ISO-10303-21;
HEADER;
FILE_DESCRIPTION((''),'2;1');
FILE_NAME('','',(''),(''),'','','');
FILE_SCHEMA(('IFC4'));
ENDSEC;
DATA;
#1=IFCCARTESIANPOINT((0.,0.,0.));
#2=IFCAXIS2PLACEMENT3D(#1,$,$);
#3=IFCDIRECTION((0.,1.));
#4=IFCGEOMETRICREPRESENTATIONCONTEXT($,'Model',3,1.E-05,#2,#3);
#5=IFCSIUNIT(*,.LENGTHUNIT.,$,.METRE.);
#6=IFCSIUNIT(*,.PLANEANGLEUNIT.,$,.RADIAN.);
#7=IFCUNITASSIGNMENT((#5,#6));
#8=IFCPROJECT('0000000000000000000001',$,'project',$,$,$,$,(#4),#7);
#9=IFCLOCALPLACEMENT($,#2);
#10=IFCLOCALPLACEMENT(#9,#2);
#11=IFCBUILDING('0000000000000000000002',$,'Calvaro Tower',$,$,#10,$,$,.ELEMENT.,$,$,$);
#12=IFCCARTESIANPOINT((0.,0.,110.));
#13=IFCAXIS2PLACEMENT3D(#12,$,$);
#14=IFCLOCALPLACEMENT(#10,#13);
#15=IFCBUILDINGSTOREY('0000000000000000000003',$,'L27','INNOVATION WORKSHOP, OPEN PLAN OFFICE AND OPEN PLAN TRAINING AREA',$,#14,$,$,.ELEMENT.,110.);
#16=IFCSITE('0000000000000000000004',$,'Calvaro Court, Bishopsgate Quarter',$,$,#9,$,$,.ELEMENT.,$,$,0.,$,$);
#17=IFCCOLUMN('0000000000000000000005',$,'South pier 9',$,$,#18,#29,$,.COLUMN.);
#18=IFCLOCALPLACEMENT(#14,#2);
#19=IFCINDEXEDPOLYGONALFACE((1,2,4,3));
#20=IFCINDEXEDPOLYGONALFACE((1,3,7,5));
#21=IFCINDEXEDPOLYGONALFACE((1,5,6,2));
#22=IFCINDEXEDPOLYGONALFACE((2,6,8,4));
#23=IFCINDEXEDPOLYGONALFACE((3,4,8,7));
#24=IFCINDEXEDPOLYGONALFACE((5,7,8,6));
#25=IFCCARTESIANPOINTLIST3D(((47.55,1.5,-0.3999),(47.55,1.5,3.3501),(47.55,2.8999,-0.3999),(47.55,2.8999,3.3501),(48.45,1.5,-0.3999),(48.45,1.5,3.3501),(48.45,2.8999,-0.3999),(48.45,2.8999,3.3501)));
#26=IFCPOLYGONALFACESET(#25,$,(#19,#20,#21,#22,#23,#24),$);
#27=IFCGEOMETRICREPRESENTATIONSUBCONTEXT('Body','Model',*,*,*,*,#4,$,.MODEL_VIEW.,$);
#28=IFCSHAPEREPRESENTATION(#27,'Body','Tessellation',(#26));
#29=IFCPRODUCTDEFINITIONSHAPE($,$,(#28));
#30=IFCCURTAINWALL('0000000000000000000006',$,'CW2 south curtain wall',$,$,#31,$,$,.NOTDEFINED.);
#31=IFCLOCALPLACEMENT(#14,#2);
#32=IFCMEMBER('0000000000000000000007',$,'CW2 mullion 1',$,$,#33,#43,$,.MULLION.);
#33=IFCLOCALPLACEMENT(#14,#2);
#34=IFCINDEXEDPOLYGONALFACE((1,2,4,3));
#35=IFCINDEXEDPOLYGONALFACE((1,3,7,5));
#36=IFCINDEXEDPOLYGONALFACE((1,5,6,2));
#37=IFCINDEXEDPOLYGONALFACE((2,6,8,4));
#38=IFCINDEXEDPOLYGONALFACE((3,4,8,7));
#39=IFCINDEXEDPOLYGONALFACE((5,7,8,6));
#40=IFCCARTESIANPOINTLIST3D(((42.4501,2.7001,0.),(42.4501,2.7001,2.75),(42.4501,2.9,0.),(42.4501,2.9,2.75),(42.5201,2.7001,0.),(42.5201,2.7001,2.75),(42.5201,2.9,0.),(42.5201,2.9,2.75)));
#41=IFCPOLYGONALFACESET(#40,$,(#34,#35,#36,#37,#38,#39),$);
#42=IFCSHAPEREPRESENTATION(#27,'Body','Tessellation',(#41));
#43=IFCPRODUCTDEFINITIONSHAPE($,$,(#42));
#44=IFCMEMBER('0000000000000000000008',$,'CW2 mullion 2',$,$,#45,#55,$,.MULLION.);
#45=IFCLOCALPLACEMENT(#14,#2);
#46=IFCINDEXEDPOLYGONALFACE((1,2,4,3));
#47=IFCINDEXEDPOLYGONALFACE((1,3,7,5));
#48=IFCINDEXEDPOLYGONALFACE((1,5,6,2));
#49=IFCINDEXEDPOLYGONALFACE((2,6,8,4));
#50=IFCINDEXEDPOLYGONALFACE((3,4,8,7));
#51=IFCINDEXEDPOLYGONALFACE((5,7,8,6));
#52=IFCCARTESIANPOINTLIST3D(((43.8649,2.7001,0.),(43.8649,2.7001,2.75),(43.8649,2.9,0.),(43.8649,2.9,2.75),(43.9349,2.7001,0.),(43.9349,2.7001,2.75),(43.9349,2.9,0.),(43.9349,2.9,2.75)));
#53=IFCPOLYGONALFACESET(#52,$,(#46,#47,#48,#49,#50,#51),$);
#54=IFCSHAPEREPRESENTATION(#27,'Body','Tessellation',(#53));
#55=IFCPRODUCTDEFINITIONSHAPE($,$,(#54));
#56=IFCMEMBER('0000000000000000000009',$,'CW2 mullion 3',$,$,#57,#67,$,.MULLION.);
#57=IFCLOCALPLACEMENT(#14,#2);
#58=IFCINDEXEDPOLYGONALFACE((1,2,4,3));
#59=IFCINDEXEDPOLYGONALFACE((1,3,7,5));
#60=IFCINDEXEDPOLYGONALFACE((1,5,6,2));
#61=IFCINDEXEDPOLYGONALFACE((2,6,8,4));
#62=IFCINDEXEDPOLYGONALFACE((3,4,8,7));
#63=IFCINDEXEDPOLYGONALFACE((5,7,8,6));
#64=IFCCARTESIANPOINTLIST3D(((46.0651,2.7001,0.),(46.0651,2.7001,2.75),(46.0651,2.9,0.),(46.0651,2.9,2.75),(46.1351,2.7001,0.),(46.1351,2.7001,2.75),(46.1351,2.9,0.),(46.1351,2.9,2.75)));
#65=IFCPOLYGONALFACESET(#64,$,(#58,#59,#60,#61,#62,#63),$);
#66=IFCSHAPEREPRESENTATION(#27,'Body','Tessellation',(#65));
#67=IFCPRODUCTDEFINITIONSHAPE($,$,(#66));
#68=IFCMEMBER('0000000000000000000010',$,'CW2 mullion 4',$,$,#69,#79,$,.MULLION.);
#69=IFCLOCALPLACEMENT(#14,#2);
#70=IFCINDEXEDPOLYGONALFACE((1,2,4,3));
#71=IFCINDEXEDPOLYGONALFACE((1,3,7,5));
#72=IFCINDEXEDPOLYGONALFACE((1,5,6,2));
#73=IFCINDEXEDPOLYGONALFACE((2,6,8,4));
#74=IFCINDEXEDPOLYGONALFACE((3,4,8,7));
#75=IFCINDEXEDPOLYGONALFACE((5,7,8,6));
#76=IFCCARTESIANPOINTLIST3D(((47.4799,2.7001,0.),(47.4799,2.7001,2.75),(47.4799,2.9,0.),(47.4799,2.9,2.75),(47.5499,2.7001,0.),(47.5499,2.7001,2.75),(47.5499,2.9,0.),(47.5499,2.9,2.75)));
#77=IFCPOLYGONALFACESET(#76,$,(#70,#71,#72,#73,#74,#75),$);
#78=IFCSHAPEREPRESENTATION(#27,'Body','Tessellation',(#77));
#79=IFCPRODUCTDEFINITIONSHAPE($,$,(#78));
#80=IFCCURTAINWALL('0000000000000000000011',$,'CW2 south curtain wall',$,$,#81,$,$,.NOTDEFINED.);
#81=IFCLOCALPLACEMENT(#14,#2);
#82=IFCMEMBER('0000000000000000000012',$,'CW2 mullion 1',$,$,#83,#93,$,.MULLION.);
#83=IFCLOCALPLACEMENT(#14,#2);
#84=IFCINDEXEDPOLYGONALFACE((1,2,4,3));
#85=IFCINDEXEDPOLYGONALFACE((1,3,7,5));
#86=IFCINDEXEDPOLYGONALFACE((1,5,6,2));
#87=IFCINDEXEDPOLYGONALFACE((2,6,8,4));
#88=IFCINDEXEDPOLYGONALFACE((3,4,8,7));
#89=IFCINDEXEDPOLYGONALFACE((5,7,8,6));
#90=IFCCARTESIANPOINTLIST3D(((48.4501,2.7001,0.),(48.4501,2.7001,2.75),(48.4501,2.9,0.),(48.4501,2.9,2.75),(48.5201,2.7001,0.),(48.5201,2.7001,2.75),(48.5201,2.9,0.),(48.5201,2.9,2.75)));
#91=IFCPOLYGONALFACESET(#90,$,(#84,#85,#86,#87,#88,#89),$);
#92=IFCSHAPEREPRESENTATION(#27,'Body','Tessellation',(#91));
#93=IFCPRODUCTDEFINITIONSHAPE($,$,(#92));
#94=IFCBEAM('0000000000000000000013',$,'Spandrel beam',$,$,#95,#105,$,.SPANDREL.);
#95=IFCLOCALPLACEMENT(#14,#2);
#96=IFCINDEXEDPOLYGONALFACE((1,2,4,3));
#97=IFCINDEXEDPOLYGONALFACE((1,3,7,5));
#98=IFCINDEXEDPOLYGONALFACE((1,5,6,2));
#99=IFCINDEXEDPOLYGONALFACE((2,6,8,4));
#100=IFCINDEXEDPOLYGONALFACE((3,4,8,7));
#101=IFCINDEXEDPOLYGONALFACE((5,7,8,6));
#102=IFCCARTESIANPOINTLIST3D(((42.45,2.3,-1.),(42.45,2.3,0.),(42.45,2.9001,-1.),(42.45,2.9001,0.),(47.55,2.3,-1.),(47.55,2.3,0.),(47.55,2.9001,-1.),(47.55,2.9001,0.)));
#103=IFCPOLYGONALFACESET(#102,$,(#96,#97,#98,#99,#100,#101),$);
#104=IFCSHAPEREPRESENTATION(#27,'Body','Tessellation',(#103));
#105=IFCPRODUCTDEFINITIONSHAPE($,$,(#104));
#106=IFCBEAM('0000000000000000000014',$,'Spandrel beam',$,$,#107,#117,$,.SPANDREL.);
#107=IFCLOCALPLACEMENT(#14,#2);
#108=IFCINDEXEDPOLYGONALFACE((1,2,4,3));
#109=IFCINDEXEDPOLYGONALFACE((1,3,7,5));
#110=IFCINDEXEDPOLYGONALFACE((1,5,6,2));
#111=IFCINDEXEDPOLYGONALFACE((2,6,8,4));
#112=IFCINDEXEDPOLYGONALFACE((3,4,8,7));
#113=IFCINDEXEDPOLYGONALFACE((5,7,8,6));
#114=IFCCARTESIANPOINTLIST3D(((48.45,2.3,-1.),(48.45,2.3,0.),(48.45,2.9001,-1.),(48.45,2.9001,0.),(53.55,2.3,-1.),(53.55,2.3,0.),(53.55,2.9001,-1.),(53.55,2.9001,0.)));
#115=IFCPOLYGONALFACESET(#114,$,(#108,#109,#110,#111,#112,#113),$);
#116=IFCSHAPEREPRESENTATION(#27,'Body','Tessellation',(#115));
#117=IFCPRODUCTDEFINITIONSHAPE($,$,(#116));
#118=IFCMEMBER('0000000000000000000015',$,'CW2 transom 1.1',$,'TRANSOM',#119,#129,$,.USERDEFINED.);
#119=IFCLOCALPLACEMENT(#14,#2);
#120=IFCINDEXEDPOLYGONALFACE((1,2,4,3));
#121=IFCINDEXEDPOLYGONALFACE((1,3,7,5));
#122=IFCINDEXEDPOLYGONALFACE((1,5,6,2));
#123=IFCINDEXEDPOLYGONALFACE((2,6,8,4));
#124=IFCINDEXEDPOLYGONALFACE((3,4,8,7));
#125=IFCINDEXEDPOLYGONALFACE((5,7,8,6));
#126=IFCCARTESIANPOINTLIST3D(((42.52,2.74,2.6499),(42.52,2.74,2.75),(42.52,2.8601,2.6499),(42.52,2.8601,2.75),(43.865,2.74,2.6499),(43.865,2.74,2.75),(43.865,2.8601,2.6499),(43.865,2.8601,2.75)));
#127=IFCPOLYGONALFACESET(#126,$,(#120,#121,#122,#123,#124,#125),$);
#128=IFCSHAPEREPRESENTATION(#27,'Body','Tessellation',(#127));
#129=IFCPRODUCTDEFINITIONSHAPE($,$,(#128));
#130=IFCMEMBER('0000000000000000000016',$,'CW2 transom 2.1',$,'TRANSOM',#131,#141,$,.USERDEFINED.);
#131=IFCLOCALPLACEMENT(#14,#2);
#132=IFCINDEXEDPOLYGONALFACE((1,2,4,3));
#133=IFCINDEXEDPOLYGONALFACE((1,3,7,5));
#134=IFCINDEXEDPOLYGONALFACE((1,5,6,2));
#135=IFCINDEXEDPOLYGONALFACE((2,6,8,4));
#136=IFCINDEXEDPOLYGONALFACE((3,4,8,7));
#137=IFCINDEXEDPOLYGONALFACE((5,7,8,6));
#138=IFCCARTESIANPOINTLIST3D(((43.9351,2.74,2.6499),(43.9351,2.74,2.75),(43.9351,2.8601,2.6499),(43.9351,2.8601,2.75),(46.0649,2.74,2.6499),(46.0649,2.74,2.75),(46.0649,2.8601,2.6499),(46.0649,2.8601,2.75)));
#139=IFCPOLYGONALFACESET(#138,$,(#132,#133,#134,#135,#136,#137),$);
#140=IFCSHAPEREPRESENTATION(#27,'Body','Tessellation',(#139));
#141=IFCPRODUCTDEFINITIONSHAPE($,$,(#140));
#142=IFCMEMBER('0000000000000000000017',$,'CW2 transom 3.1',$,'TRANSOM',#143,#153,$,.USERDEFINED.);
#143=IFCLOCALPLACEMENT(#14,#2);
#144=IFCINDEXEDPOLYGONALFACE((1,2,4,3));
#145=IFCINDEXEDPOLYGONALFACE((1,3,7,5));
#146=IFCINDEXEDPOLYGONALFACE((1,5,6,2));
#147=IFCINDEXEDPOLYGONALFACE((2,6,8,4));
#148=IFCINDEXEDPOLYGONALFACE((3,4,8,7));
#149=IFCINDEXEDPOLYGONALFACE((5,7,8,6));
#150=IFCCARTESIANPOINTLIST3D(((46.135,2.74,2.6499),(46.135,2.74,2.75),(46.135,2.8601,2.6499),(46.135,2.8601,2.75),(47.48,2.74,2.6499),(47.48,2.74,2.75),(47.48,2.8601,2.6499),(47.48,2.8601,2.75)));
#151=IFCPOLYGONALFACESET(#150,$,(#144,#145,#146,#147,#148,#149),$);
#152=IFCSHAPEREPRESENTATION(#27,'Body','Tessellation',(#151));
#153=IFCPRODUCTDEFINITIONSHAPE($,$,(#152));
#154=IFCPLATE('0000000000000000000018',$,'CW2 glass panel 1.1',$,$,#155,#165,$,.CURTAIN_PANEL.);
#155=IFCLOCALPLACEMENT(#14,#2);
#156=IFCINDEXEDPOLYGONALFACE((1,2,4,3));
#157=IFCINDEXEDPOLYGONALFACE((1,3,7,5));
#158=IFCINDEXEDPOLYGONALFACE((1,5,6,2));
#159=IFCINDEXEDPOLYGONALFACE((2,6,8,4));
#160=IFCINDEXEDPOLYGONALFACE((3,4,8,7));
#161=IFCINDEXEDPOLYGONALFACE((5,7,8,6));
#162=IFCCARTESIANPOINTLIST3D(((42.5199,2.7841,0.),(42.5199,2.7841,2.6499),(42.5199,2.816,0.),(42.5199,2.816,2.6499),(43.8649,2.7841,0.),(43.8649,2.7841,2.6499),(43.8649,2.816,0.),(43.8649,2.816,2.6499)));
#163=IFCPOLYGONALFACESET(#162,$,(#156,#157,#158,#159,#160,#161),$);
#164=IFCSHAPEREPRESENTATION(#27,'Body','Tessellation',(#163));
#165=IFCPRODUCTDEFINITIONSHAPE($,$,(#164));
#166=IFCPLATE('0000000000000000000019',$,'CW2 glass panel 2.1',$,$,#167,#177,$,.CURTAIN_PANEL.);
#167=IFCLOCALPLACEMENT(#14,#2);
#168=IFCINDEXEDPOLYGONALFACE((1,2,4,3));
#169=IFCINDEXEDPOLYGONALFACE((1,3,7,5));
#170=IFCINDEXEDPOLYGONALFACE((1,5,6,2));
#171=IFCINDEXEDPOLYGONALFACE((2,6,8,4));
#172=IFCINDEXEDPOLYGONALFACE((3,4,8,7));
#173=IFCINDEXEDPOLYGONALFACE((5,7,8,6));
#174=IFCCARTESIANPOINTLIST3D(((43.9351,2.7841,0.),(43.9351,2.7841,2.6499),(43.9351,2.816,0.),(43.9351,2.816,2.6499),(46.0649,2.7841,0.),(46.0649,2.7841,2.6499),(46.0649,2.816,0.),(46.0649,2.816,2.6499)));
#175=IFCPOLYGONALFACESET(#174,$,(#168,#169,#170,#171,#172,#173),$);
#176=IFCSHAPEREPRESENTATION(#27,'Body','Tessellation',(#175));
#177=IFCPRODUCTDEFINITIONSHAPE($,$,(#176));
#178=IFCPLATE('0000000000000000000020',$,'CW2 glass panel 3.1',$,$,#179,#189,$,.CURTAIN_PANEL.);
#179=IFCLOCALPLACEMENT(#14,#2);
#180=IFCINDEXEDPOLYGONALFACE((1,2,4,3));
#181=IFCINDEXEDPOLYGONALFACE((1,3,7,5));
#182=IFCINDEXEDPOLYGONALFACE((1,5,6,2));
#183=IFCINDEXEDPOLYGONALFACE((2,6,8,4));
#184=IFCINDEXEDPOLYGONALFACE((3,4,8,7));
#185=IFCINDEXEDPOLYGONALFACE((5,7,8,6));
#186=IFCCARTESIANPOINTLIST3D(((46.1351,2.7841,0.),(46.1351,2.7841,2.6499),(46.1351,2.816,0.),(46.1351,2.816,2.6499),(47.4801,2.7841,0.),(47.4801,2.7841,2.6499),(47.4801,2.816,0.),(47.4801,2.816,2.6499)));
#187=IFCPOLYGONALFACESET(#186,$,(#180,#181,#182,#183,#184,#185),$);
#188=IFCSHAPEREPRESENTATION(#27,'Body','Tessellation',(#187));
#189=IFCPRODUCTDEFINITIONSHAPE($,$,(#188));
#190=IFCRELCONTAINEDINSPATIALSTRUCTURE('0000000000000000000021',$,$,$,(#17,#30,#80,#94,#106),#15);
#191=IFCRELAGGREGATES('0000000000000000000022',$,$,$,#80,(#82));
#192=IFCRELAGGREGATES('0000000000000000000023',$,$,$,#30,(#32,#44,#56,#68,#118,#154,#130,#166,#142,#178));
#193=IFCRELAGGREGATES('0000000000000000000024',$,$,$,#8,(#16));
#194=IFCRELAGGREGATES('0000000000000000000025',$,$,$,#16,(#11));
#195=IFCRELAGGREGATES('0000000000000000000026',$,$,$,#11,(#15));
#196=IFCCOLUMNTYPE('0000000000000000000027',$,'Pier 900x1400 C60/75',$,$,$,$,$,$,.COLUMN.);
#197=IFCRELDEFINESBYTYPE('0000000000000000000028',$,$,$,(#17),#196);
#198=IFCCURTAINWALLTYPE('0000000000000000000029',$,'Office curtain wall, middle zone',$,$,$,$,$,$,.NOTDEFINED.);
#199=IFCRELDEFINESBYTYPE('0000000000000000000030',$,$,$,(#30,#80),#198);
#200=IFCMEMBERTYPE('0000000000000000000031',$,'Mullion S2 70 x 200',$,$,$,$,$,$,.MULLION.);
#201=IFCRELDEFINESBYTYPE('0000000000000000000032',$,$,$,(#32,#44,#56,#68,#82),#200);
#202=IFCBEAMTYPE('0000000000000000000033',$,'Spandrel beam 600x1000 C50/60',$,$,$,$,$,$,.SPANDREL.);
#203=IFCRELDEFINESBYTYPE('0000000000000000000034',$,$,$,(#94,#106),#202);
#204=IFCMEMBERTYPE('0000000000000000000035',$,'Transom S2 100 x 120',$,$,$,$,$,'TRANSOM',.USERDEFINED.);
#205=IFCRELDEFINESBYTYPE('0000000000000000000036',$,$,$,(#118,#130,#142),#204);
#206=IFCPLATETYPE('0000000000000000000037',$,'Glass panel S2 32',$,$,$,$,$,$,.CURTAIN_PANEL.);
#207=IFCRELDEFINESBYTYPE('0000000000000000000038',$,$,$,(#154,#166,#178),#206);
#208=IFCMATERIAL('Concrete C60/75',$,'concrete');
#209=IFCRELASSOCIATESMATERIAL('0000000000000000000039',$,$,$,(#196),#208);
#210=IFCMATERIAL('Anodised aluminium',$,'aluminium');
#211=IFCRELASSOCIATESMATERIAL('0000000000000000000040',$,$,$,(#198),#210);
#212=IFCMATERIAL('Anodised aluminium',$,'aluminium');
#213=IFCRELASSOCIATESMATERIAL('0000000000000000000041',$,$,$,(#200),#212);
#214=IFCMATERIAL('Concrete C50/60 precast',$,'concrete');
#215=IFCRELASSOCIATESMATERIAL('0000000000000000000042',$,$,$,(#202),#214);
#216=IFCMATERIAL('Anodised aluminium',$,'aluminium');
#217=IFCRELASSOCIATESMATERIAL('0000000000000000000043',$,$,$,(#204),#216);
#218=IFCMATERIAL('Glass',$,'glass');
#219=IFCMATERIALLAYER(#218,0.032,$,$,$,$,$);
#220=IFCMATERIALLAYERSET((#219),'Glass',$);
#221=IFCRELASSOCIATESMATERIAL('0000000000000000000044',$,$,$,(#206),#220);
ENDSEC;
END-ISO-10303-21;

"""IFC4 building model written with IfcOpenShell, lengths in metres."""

from ifc_helpers import new_model, si_unit, direction, frame, origin, origin_2d, place, context, subcontext, project, spatial, rectangle, extrude, material, layer, layer_set, material_profile, profile_set, type_object, element, aggregate, save


model = new_model("IFC4")

# Units and contexts
model_context = context("Model", 3, precision=1e-05, world=origin(), true_north=direction((0.0, 1.0)))
body_context = subcontext(model_context, "Body", "Model", "MODEL_VIEW")
ifc_project = project(units=[si_unit("LENGTHUNIT", "METRE"), si_unit("PLANEANGLEUNIT", "RADIAN")], contexts=[model_context])

# Site, building, storey
site_placement = place(None, origin())
site = spatial("IfcSite", under=ifc_project, at=site_placement, Name="Calvaro Court, Bishopsgate Quarter", CompositionType="ELEMENT", RefElevation=0.0)
building_placement = place(site_placement, origin())
building = spatial("IfcBuilding", under=site, at=building_placement, Name="Calvaro Tower", CompositionType="ELEMENT")
storey_placement = place(building_placement, frame((0.0, 0.0, 110.0)))
storey = spatial("IfcBuildingStorey", under=building, at=storey_placement, Name="L27", Description="INNOVATION WORKSHOP, OPEN PLAN OFFICE AND OPEN PLAN TRAINING AREA", CompositionType="ELEMENT", Elevation=110.0)

# Column
ifc_material_1 = material(Name="Concrete C60/75", Category="concrete")
ifc_material_profile_1 = material_profile(ifc_material_1, rectangle(XDim=0.8999, YDim=1.3999, at=origin_2d()), Name="RC 900x1400")
ifc_profile_set_1 = profile_set([ifc_material_profile_1], Name="Concrete C60/75")
column_type = type_object("IfcColumnType", Name="Pier 900x1400 C60/75", PredefinedType="COLUMN", material=ifc_profile_set_1)
column_placement = place(storey_placement, frame((48.0, 2.2, -0.3999), z_axis=(0.0, 0.0, 1.0), x_axis=(1.0, 0.0, 0.0)))
element("IfcColumn", 1, at=column_placement, inside=storey, type_object=column_type, Name="South pier 9", PredefinedType="COLUMN", context=body_context, shape_type="SweptSolid", body=[
    extrude(rectangle(XDim=0.8999, YDim=1.3999, at=origin_2d()), origin(), (0.0, 0.0, 1.0), 3.75),
])

# Curtain wall, members
ifc_material_2 = material(Name="Anodised aluminium", Category="aluminium")
curtain_wall_type = type_object("IfcCurtainWallType", Name="Office curtain wall, middle zone", PredefinedType="NOTDEFINED", material=ifc_material_2)
curtain_wall_1_placement = place(storey_placement, origin())
curtain_wall_1 = element("IfcCurtainWall", 2, at=curtain_wall_1_placement, inside=storey, type_object=curtain_wall_type, Name="CW2 south curtain wall", PredefinedType="NOTDEFINED")
ifc_material_3 = material(Name="Anodised aluminium", Category="aluminium")
ifc_material_profile_2 = material_profile(ifc_material_3, rectangle(XDim=0.2, YDim=0.0701, at=origin_2d()), Name="Mullion S2 70 x 200")
ifc_profile_set_2 = profile_set([ifc_material_profile_2], Name="Anodised aluminium")
member_type_1 = type_object("IfcMemberType", Name="Mullion S2 70 x 200", PredefinedType="MULLION", material=ifc_profile_set_2)
member_1_placement = place(storey_placement, frame((42.4851, 2.8, 0.0), z_axis=(0.0, 0.0, 1.0), x_axis=(0.0, 1.0, 0.0)))
member_1 = element("IfcMember", 3, at=member_1_placement, type_object=member_type_1, Name="CW2 mullion 1", PredefinedType="MULLION", context=body_context, shape_type="SweptSolid", body=[
    extrude(rectangle(XDim=0.2, YDim=0.0701, at=origin_2d()), origin(), (0.0, 0.0, 1.0), 2.75),
])
member_2_placement = place(storey_placement, frame((43.8999, 2.8, 0.0), z_axis=(0.0, 0.0, 1.0), x_axis=(0.0, 1.0, 0.0)))
member_2 = element("IfcMember", 4, at=member_2_placement, type_object=member_type_1, Name="CW2 mullion 2", PredefinedType="MULLION", context=body_context, shape_type="SweptSolid", body=[
    extrude(rectangle(XDim=0.2, YDim=0.0701, at=origin_2d()), origin(), (0.0, 0.0, 1.0), 2.75),
])
member_3_placement = place(storey_placement, frame((46.1001, 2.8, 0.0), z_axis=(0.0, 0.0, 1.0), x_axis=(0.0, 1.0, 0.0)))
member_3 = element("IfcMember", 5, at=member_3_placement, type_object=member_type_1, Name="CW2 mullion 3", PredefinedType="MULLION", context=body_context, shape_type="SweptSolid", body=[
    extrude(rectangle(XDim=0.2, YDim=0.0701, at=origin_2d()), origin(), (0.0, 0.0, 1.0), 2.75),
])
member_4_placement = place(storey_placement, frame((47.5149, 2.8, 0.0), z_axis=(0.0, 0.0, 1.0), x_axis=(0.0, 1.0, 0.0)))
member_4 = element("IfcMember", 6, at=member_4_placement, type_object=member_type_1, Name="CW2 mullion 4", PredefinedType="MULLION", context=body_context, shape_type="SweptSolid", body=[
    extrude(rectangle(XDim=0.2, YDim=0.0701, at=origin_2d()), origin(), (0.0, 0.0, 1.0), 2.75),
])

# Curtain wall, member
curtain_wall_2_placement = place(storey_placement, origin())
curtain_wall_2 = element("IfcCurtainWall", 7, at=curtain_wall_2_placement, inside=storey, type_object=curtain_wall_type, Name="CW2 south curtain wall", PredefinedType="NOTDEFINED")
member_5_placement = place(storey_placement, frame((48.4851, 2.8, 0.0), z_axis=(0.0, 0.0, 1.0), x_axis=(0.0, 1.0, 0.0)))
member_5 = element("IfcMember", 8, at=member_5_placement, type_object=member_type_1, Name="CW2 mullion 1", PredefinedType="MULLION", context=body_context, shape_type="SweptSolid", body=[
    extrude(rectangle(XDim=0.2, YDim=0.0701, at=origin_2d()), origin(), (0.0, 0.0, 1.0), 2.75),
])
aggregate(curtain_wall_2, [member_5])

# Beams
ifc_material_4 = material(Name="Concrete C50/60 precast", Category="concrete")
ifc_material_profile_3 = material_profile(ifc_material_4, rectangle(XDim=0.6001, YDim=1.0, at=origin_2d()), Name="RC 600x1000")
ifc_profile_set_3 = profile_set([ifc_material_profile_3], Name="Concrete C50/60 precast")
beam_type = type_object("IfcBeamType", Name="Spandrel beam 600x1000 C50/60", PredefinedType="SPANDREL", material=ifc_profile_set_3)
for number, where, z_axis, x_axis, name in (
    (9, (42.45, 2.6001, -0.5), (1.0, 0.0, 0.0), (0.0, 1.0, 0.0), "Spandrel beam"),
    (10, (48.45, 2.6001, -0.5), (1.0, 0.0, 0.0), (0.0, 1.0, 0.0), "Spandrel beam"),
):
    element("IfcBeam", number, at=place(storey_placement, frame(where, z_axis=z_axis, x_axis=x_axis)), inside=storey, type_object=beam_type, Name=name, PredefinedType="SPANDREL", context=body_context, shape_type="SweptSolid", body=[
        extrude(rectangle(XDim=0.6001, YDim=1.0, at=origin_2d()), origin(), (0.0, 0.0, 1.0), 5.1001),
    ])

# Members
ifc_material_5 = material(Name="Anodised aluminium", Category="aluminium")
ifc_material_profile_4 = material_profile(ifc_material_5, rectangle(XDim=0.1201, YDim=0.1001, at=origin_2d()), Name="Transom S2 100 x 120")
ifc_profile_set_4 = profile_set([ifc_material_profile_4], Name="Anodised aluminium")
member_type_2 = type_object("IfcMemberType", Name="Transom S2 100 x 120", ElementType="TRANSOM", PredefinedType="USERDEFINED", material=ifc_profile_set_4)
member_6_placement = place(storey_placement, frame((42.52, 2.8, 2.7), z_axis=(1.0, 0.0, 0.0), x_axis=(0.0, 1.0, 0.0)))
member_6 = element("IfcMember", 11, at=member_6_placement, type_object=member_type_2, Name="CW2 transom 1.1", ObjectType="TRANSOM", PredefinedType="USERDEFINED", context=body_context, shape_type="SweptSolid", body=[
    extrude(rectangle(XDim=0.1201, YDim=0.1001, at=origin_2d()), origin(), (0.0, 0.0, 1.0), 1.345),
])
member_7_placement = place(storey_placement, frame((43.9351, 2.8, 2.7), z_axis=(1.0, 0.0, 0.0), x_axis=(0.0, 1.0, 0.0)))
member_7 = element("IfcMember", 12, at=member_7_placement, type_object=member_type_2, Name="CW2 transom 2.1", ObjectType="TRANSOM", PredefinedType="USERDEFINED", context=body_context, shape_type="SweptSolid", body=[
    extrude(rectangle(XDim=0.1201, YDim=0.1001, at=origin_2d()), origin(), (0.0, 0.0, 1.0), 2.1299),
])
member_8_placement = place(storey_placement, frame((46.135, 2.8, 2.7), z_axis=(1.0, 0.0, 0.0), x_axis=(0.0, 1.0, 0.0)))
member_8 = element("IfcMember", 13, at=member_8_placement, type_object=member_type_2, Name="CW2 transom 3.1", ObjectType="TRANSOM", PredefinedType="USERDEFINED", context=body_context, shape_type="SweptSolid", body=[
    extrude(rectangle(XDim=0.1201, YDim=0.1001, at=origin_2d()), origin(), (0.0, 0.0, 1.0), 1.345),
])

# Plates
ifc_material_6 = material(Name="Glass", Category="glass")
ifc_layer_1 = layer(ifc_material_6, 0.032)
ifc_layer_set_1 = layer_set([ifc_layer_1], Name="Glass")
plate_type = type_object("IfcPlateType", Name="Glass panel S2 32", PredefinedType="CURTAIN_PANEL", material=ifc_layer_set_1)
plate_1_placement = place(storey_placement, frame((43.1924, 2.8, 0.0), z_axis=(0.0, 0.0, 1.0), x_axis=(1.0, 0.0, 0.0)))
plate_1 = element("IfcPlate", 14, at=plate_1_placement, type_object=plate_type, Name="CW2 glass panel 1.1", PredefinedType="CURTAIN_PANEL", context=body_context, shape_type="SweptSolid", body=[
    extrude(rectangle(XDim=1.345, YDim=0.032, at=origin_2d()), origin(), (0.0, 0.0, 1.0), 2.6499),
])
plate_2_placement = place(storey_placement, frame((45.0, 2.8, 0.0), z_axis=(0.0, 0.0, 1.0), x_axis=(1.0, 0.0, 0.0)))
plate_2 = element("IfcPlate", 15, at=plate_2_placement, type_object=plate_type, Name="CW2 glass panel 2.1", PredefinedType="CURTAIN_PANEL", context=body_context, shape_type="SweptSolid", body=[
    extrude(rectangle(XDim=2.1299, YDim=0.032, at=origin_2d()), origin(), (0.0, 0.0, 1.0), 2.6499),
])
plate_3_placement = place(storey_placement, frame((46.8076, 2.8, 0.0), z_axis=(0.0, 0.0, 1.0), x_axis=(1.0, 0.0, 0.0)))
plate_3 = element("IfcPlate", 16, at=plate_3_placement, type_object=plate_type, Name="CW2 glass panel 3.1", PredefinedType="CURTAIN_PANEL", context=body_context, shape_type="SweptSolid", body=[
    extrude(rectangle(XDim=1.345, YDim=0.032, at=origin_2d()), origin(), (0.0, 0.0, 1.0), 2.6499),
])
aggregate(curtain_wall_1, [member_1, member_2, member_3, member_4, member_6, plate_1, member_7, plate_2, member_8, plate_3])

save(model, "model.ifc")
